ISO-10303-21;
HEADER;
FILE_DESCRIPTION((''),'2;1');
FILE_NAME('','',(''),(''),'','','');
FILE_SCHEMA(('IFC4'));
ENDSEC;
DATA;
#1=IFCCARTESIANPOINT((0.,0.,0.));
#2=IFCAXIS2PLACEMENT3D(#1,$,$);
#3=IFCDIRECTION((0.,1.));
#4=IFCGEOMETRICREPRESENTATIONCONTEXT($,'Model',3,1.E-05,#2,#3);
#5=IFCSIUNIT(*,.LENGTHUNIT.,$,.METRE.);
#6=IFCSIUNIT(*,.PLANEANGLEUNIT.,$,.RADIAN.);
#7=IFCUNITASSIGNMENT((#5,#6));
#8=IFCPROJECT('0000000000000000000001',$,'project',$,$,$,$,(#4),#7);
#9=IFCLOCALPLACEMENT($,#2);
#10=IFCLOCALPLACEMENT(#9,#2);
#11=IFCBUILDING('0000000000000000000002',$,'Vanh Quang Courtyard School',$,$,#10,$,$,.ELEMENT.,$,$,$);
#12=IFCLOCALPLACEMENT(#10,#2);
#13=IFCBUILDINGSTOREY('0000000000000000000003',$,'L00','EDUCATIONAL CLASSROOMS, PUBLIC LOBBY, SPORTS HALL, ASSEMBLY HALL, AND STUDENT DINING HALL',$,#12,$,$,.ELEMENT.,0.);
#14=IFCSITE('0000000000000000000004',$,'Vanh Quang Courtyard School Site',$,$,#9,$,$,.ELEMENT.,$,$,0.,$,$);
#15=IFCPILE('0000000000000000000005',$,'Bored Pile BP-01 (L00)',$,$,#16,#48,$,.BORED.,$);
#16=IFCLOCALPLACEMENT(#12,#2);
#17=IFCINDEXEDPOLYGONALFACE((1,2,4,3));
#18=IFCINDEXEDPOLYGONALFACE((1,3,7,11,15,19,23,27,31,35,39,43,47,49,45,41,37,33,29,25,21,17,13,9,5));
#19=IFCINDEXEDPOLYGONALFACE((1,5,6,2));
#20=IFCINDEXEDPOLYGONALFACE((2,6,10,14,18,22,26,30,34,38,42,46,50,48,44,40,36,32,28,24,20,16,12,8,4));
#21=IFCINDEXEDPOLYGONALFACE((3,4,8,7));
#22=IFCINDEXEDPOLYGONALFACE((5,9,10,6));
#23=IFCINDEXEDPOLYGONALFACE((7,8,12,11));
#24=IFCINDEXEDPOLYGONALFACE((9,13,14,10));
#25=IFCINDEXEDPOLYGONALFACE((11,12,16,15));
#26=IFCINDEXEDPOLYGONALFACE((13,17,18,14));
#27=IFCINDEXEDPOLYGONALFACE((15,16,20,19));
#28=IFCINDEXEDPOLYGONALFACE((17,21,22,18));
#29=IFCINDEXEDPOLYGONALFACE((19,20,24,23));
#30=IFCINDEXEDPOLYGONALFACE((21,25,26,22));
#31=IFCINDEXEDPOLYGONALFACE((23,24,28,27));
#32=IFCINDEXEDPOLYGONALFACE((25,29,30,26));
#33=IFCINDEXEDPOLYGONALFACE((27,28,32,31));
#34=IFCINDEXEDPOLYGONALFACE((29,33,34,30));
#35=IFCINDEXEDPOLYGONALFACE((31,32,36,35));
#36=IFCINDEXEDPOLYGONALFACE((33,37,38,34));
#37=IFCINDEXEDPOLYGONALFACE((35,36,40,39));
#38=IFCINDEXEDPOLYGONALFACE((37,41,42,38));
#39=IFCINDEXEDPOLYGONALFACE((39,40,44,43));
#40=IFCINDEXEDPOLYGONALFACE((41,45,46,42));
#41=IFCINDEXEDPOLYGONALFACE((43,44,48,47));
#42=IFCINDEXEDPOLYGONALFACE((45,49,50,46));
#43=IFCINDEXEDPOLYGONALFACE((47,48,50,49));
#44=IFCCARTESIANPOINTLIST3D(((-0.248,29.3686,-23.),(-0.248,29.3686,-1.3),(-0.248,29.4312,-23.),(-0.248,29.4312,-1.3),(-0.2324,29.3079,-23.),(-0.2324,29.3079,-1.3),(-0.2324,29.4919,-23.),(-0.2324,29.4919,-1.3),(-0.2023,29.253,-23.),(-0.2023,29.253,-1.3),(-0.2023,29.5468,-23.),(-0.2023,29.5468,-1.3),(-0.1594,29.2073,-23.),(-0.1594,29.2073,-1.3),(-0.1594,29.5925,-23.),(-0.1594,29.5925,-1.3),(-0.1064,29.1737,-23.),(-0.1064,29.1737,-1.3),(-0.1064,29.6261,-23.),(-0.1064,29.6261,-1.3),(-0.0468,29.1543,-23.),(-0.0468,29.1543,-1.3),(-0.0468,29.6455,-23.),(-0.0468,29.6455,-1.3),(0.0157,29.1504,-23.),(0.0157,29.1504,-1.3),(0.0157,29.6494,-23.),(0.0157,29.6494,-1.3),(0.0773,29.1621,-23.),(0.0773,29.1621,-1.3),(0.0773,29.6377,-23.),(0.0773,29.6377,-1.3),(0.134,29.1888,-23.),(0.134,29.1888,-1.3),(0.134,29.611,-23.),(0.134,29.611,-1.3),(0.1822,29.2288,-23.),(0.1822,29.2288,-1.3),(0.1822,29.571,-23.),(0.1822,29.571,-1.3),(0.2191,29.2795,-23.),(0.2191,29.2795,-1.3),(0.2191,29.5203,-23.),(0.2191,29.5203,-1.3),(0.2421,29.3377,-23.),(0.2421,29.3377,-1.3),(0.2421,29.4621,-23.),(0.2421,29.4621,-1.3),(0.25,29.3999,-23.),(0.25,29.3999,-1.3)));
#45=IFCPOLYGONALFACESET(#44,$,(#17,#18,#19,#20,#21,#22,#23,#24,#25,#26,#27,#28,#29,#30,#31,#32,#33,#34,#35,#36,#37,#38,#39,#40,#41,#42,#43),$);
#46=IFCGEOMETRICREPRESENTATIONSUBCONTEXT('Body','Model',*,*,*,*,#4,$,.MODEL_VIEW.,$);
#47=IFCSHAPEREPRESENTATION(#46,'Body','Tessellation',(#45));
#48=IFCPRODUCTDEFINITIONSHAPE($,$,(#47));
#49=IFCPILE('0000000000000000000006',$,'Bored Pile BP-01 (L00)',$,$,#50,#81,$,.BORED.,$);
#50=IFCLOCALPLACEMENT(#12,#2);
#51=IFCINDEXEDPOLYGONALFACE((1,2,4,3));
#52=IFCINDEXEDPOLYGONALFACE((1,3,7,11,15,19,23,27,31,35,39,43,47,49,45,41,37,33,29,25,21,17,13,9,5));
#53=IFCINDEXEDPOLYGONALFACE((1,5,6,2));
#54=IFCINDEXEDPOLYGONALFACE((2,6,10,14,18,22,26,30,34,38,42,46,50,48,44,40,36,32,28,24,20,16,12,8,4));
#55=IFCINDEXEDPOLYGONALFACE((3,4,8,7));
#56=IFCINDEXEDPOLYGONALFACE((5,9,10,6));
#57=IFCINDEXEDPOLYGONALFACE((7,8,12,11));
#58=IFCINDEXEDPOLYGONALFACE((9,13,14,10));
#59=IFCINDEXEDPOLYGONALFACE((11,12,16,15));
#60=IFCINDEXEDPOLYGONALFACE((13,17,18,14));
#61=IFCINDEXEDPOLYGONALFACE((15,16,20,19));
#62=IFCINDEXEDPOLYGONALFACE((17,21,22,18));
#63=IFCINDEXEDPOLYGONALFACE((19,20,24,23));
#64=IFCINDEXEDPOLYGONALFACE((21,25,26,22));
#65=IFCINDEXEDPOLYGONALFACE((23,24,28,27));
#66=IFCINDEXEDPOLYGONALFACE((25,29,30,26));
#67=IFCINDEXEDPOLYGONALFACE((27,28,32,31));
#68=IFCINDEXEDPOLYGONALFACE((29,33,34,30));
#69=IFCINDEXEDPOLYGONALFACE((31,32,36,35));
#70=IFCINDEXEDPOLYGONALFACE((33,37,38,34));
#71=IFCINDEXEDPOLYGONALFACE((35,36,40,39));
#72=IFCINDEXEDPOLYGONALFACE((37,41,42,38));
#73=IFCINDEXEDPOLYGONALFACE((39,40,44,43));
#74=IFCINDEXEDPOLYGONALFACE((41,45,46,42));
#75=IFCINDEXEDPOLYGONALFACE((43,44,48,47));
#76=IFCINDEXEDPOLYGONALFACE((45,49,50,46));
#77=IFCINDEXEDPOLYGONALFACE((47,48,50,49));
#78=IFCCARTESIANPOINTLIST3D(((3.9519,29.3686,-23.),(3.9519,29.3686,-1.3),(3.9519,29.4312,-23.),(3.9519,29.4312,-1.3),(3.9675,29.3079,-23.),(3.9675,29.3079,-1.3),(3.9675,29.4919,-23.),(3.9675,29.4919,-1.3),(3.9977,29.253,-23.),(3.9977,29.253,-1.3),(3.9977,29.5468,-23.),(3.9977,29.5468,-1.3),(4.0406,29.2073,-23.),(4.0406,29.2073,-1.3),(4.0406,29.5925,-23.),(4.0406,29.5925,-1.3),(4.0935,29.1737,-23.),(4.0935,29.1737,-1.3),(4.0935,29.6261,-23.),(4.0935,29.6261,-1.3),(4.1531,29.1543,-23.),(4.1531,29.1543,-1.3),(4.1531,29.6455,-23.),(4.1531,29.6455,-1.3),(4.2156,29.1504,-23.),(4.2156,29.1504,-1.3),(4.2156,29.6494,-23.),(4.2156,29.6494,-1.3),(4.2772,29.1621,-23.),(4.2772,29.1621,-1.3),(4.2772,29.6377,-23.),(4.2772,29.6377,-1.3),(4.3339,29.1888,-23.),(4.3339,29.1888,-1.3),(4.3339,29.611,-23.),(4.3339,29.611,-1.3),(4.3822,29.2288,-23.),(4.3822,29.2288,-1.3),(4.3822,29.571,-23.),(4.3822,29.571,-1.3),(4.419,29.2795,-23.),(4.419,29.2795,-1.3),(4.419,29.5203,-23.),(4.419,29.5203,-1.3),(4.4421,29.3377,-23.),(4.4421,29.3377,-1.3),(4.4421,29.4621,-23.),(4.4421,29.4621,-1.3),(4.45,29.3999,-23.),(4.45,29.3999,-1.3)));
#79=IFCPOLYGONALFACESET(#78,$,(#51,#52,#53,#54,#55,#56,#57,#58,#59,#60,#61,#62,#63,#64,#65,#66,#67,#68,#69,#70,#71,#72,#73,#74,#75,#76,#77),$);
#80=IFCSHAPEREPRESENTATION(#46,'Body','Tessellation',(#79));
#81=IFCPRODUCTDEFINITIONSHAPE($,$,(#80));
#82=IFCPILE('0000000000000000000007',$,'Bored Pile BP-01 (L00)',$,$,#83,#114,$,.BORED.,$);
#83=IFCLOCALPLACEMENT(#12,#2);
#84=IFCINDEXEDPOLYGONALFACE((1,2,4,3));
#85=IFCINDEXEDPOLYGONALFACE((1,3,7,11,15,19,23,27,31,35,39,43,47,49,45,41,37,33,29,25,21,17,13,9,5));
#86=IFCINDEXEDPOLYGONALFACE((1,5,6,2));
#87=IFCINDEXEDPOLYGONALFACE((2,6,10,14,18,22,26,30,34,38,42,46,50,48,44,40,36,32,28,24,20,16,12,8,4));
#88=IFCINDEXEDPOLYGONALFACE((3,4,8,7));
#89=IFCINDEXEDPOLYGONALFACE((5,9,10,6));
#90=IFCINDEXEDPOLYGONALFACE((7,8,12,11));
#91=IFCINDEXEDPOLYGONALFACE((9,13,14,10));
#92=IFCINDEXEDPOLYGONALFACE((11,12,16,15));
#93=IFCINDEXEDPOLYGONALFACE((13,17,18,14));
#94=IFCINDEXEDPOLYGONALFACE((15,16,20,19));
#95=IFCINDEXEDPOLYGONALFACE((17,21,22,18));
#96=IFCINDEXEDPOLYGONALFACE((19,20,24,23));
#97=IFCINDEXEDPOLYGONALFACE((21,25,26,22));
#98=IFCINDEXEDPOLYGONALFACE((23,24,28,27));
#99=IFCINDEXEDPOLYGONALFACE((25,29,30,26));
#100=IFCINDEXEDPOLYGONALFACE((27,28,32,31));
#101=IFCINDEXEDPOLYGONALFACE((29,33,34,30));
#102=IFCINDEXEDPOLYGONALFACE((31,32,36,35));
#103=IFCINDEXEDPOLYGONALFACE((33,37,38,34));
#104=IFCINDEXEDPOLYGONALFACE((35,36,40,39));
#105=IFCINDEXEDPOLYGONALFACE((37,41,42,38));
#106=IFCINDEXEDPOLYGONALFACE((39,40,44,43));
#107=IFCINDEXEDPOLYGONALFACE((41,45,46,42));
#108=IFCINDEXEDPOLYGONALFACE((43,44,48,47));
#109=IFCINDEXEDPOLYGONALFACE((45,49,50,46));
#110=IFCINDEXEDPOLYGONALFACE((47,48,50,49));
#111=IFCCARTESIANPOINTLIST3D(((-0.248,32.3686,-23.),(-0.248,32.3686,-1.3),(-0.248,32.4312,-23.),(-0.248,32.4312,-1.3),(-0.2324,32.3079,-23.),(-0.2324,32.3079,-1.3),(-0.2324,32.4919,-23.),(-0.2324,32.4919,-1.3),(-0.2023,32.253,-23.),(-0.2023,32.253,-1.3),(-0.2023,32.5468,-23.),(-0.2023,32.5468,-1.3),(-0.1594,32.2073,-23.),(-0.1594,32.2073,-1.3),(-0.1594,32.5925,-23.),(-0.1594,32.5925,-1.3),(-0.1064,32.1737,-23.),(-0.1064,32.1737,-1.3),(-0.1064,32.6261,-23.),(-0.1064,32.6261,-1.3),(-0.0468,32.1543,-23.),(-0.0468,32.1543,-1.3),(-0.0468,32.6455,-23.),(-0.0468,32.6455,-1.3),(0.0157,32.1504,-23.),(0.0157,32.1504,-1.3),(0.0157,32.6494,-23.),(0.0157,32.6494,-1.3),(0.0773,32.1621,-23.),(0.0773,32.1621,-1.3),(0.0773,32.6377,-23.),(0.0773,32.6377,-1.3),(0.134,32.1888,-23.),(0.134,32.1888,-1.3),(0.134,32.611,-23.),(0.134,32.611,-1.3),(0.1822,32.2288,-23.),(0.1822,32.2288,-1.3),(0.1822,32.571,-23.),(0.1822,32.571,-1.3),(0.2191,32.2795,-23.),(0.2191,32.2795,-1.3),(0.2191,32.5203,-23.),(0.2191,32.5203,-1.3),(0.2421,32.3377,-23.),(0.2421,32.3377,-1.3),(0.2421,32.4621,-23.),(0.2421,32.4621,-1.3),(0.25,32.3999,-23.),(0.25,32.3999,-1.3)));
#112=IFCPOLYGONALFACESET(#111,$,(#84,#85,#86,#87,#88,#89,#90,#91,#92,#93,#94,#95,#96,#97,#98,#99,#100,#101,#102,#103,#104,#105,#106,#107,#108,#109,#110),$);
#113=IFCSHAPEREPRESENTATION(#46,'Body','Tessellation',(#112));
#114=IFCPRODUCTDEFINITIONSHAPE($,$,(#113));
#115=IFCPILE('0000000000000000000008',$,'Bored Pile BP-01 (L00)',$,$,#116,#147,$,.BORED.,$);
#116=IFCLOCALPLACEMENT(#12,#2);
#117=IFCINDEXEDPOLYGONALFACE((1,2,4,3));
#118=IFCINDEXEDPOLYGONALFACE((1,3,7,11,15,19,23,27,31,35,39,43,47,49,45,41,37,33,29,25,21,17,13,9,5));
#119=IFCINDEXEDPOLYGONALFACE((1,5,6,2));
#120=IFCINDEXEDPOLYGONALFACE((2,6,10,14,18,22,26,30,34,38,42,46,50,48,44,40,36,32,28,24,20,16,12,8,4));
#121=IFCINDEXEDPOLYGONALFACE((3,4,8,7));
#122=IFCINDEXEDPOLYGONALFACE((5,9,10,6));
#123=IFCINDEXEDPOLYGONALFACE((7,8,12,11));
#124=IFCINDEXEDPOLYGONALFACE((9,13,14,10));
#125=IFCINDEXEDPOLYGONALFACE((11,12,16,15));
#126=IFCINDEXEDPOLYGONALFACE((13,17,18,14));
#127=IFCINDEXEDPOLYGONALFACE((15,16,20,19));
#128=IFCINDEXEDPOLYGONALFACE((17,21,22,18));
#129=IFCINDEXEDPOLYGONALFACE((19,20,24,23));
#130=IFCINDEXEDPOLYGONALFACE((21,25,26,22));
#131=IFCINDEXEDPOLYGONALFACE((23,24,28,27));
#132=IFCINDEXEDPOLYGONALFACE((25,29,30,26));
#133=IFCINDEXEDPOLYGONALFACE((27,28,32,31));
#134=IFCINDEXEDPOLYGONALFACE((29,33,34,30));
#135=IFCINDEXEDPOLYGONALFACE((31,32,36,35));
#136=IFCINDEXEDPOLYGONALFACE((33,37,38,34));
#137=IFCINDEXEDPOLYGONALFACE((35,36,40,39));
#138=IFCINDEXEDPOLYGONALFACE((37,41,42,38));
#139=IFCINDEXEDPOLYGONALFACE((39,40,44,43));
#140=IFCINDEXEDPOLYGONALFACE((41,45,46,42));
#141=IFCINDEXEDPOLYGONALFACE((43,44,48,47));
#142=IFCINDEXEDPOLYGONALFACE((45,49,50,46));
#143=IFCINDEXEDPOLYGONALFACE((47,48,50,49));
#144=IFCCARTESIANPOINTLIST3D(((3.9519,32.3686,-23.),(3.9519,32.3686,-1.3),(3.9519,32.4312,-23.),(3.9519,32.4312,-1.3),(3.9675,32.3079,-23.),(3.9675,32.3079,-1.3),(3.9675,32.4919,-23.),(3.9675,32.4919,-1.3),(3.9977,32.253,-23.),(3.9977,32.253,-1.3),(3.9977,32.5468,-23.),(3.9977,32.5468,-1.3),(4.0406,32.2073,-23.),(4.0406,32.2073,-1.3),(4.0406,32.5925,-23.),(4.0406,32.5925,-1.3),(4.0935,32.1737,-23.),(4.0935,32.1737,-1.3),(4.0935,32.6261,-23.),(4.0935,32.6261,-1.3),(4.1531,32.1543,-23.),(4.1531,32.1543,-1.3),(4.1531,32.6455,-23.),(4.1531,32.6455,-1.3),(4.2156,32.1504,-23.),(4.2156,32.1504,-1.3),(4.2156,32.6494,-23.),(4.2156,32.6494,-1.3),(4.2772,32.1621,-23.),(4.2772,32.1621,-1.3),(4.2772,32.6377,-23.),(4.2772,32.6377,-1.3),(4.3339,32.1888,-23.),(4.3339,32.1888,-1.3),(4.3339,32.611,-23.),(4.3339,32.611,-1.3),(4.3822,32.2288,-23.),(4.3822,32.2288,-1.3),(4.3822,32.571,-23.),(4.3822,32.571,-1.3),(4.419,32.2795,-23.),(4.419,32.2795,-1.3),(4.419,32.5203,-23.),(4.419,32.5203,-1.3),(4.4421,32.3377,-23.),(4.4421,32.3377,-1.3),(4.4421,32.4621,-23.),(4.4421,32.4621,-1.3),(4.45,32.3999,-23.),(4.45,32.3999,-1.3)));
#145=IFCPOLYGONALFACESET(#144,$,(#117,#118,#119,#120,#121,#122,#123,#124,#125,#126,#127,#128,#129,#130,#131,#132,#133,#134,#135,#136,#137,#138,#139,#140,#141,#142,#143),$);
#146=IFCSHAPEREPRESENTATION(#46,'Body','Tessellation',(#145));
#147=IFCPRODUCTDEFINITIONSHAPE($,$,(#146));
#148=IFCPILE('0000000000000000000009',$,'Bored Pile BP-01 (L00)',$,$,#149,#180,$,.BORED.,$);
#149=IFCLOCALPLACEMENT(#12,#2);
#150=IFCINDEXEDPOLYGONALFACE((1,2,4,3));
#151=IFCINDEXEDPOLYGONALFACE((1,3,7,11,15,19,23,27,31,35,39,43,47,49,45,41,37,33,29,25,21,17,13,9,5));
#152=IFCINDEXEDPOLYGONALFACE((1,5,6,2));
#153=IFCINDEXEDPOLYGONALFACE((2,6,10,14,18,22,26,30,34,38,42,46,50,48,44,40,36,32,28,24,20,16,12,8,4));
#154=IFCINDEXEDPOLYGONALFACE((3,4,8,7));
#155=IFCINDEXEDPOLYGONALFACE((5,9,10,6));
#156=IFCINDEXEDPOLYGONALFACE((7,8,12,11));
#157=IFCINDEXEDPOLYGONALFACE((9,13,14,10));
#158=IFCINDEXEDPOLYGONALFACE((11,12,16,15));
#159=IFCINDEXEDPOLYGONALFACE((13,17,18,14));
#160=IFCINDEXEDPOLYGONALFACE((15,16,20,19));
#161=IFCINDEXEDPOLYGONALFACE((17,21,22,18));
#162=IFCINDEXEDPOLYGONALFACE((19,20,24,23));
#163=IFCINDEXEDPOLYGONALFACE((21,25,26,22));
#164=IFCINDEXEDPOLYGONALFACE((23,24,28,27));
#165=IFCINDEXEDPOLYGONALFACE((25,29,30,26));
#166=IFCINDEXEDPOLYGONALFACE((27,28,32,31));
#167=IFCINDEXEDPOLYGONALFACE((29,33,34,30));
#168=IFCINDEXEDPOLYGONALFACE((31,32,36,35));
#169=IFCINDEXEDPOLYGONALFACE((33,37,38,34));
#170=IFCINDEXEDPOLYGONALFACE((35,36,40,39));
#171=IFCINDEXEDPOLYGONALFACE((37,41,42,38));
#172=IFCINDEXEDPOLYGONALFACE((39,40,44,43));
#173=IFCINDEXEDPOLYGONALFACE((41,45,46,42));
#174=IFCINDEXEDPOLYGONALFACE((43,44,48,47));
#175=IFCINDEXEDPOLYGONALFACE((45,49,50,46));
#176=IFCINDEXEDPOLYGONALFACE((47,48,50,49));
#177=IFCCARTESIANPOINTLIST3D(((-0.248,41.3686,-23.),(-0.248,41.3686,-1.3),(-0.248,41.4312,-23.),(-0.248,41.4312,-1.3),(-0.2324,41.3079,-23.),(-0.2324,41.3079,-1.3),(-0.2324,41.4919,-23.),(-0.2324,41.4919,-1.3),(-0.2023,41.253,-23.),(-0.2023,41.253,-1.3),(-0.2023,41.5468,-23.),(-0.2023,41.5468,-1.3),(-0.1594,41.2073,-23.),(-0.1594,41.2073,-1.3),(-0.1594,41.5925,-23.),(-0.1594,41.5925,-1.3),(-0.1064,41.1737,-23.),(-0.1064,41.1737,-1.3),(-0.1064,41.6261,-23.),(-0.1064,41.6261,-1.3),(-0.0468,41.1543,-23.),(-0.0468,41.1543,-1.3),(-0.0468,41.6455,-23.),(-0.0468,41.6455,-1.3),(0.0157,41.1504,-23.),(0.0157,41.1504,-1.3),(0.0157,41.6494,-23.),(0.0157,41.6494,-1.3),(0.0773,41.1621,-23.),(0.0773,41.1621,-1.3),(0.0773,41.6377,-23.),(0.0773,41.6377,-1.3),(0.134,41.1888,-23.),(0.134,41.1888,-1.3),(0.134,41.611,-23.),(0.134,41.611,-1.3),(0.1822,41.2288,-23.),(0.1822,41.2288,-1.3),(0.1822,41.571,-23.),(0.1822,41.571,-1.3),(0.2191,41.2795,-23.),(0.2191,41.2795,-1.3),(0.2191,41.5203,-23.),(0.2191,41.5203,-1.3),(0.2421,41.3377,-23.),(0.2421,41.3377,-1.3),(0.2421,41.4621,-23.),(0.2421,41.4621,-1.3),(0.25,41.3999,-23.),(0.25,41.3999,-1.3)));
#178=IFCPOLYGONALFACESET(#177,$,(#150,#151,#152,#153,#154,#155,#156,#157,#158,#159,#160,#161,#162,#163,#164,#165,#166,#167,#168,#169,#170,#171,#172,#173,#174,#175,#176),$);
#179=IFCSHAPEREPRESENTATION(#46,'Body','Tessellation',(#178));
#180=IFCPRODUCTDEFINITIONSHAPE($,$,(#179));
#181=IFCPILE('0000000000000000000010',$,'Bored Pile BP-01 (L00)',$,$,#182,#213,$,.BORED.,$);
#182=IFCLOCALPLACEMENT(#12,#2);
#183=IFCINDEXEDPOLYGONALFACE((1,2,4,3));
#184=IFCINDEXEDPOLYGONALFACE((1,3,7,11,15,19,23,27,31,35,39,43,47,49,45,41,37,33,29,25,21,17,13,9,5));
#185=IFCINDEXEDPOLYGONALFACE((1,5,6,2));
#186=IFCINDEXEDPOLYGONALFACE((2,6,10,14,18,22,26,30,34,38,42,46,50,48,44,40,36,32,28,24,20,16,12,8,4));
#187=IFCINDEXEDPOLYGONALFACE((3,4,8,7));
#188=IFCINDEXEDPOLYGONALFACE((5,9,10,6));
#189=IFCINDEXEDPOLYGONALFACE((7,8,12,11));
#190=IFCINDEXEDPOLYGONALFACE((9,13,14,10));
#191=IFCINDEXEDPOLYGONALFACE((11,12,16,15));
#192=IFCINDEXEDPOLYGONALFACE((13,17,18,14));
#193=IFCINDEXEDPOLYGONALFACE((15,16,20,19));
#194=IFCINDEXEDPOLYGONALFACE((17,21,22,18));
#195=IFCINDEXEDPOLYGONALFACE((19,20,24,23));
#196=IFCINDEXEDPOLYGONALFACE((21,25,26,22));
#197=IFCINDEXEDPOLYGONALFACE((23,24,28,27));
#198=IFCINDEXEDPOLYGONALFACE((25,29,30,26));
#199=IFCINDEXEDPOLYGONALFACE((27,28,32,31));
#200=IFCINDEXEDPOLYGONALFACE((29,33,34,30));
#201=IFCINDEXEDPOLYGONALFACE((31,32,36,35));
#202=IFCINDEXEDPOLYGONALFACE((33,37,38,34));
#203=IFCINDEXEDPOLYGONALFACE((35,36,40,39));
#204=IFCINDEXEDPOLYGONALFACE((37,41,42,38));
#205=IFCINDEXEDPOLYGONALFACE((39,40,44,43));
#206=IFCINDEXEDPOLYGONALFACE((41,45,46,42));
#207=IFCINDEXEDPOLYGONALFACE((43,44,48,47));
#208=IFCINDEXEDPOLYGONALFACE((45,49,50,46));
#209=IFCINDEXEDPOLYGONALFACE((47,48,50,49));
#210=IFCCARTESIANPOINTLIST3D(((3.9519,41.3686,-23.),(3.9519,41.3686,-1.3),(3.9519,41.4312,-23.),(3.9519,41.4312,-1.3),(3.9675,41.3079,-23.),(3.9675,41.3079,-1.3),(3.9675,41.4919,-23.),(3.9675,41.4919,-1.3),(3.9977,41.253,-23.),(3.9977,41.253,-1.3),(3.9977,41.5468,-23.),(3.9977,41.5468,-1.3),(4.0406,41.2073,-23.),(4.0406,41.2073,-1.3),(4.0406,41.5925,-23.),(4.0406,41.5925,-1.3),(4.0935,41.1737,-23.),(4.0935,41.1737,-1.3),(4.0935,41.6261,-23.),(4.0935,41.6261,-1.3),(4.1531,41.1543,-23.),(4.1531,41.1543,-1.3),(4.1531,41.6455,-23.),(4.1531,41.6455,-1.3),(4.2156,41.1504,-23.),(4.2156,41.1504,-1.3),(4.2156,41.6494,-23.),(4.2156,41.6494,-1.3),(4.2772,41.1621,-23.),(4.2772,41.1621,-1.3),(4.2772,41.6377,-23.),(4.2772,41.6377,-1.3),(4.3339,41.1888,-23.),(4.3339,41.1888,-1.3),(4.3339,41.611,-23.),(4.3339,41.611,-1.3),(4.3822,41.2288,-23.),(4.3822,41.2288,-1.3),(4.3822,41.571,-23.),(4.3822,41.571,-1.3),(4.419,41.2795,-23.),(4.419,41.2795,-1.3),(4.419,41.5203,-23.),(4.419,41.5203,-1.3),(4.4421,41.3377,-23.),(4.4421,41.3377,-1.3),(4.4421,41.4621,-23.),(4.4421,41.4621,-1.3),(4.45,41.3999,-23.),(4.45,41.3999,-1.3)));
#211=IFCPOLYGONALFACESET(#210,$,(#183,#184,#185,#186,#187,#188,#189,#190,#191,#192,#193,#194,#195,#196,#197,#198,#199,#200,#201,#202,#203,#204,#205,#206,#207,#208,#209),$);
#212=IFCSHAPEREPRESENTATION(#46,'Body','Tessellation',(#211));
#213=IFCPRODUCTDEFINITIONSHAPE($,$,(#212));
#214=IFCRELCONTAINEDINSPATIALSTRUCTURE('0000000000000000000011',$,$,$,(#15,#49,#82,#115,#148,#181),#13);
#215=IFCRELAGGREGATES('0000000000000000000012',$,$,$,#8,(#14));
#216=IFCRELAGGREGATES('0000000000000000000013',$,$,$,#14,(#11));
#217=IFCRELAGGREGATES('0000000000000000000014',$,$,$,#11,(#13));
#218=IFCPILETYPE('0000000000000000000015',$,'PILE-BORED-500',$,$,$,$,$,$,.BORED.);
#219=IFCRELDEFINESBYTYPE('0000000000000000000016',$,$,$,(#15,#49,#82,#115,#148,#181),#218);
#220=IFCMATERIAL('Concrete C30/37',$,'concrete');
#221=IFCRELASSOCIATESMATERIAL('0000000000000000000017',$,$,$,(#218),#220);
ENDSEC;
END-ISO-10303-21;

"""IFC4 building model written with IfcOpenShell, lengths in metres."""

from ifc_helpers import new_model, si_unit, direction, frame, origin, origin_2d, place, context, subcontext, project, spatial, circle, extrude, material, material_profile, profile_set, type_object, element, save


model = new_model("IFC4")

# Units and contexts
model_context = context("Model", 3, precision=1e-05, world=origin(), true_north=direction((0.0, 1.0)))
body_context = subcontext(model_context, "Body", "Model", "MODEL_VIEW")
ifc_project = project(units=[si_unit("LENGTHUNIT", "METRE"), si_unit("PLANEANGLEUNIT", "RADIAN")], contexts=[model_context])

# Site, building, storey
site_placement = place(None, origin())
site = spatial("IfcSite", under=ifc_project, at=site_placement, Name="Vanh Quang Courtyard School Site", CompositionType="ELEMENT", RefElevation=0.0)
building_placement = place(site_placement, origin())
building = spatial("IfcBuilding", under=site, at=building_placement, Name="Vanh Quang Courtyard School", CompositionType="ELEMENT")
storey_placement = place(building_placement, origin())
storey = spatial("IfcBuildingStorey", under=building, at=storey_placement, Name="L00", Description="EDUCATIONAL CLASSROOMS, PUBLIC LOBBY, SPORTS HALL, ASSEMBLY HALL, AND STUDENT DINING HALL", CompositionType="ELEMENT", Elevation=0.0)

# Piles
ifc_material_1 = material(Name="Concrete C30/37", Category="concrete")
ifc_material_profile_1 = material_profile(ifc_material_1, circle(Radius=0.25, at=origin_2d()), Name="PILE D500")
ifc_profile_set_1 = profile_set([ifc_material_profile_1], Name="Concrete C30/37")
pile_type = type_object("IfcPileType", Name="PILE-BORED-500", PredefinedType="BORED", material=ifc_profile_set_1)
for number, where, z_axis, x_axis, name in (
    (1, (0.0, 29.3999, -1.3), (0.0, 0.0, -1.0), (1.0, 0.0, 0.0), "Bored Pile BP-01 (L00)"),
    (2, (4.2, 29.3999, -1.3), (0.0, 0.0, -1.0), (1.0, 0.0, 0.0), "Bored Pile BP-01 (L00)"),
    (3, (0.0, 32.3999, -1.3), (0.0, 0.0, -1.0), (1.0, 0.0, 0.0), "Bored Pile BP-01 (L00)"),
    (4, (4.2, 32.3999, -1.3), (0.0, 0.0, -1.0), (1.0, 0.0, 0.0), "Bored Pile BP-01 (L00)"),
    (5, (0.0, 41.3999, -1.3), (0.0, 0.0, -1.0), (1.0, 0.0, 0.0), "Bored Pile BP-01 (L00)"),
    (6, (4.2, 41.3999, -1.3), (0.0, 0.0, -1.0), (1.0, 0.0, 0.0), "Bored Pile BP-01 (L00)"),
):
    element("IfcPile", number, at=place(storey_placement, frame(where, z_axis=z_axis, x_axis=x_axis)), inside=storey, type_object=pile_type, Name=name, PredefinedType="BORED", context=body_context, shape_type="SweptSolid", body=[
        extrude(circle(Radius=0.25, at=origin_2d()), origin(), (0.0, 0.0, 1.0), 21.7),
    ])

save(model, "model.ifc")
